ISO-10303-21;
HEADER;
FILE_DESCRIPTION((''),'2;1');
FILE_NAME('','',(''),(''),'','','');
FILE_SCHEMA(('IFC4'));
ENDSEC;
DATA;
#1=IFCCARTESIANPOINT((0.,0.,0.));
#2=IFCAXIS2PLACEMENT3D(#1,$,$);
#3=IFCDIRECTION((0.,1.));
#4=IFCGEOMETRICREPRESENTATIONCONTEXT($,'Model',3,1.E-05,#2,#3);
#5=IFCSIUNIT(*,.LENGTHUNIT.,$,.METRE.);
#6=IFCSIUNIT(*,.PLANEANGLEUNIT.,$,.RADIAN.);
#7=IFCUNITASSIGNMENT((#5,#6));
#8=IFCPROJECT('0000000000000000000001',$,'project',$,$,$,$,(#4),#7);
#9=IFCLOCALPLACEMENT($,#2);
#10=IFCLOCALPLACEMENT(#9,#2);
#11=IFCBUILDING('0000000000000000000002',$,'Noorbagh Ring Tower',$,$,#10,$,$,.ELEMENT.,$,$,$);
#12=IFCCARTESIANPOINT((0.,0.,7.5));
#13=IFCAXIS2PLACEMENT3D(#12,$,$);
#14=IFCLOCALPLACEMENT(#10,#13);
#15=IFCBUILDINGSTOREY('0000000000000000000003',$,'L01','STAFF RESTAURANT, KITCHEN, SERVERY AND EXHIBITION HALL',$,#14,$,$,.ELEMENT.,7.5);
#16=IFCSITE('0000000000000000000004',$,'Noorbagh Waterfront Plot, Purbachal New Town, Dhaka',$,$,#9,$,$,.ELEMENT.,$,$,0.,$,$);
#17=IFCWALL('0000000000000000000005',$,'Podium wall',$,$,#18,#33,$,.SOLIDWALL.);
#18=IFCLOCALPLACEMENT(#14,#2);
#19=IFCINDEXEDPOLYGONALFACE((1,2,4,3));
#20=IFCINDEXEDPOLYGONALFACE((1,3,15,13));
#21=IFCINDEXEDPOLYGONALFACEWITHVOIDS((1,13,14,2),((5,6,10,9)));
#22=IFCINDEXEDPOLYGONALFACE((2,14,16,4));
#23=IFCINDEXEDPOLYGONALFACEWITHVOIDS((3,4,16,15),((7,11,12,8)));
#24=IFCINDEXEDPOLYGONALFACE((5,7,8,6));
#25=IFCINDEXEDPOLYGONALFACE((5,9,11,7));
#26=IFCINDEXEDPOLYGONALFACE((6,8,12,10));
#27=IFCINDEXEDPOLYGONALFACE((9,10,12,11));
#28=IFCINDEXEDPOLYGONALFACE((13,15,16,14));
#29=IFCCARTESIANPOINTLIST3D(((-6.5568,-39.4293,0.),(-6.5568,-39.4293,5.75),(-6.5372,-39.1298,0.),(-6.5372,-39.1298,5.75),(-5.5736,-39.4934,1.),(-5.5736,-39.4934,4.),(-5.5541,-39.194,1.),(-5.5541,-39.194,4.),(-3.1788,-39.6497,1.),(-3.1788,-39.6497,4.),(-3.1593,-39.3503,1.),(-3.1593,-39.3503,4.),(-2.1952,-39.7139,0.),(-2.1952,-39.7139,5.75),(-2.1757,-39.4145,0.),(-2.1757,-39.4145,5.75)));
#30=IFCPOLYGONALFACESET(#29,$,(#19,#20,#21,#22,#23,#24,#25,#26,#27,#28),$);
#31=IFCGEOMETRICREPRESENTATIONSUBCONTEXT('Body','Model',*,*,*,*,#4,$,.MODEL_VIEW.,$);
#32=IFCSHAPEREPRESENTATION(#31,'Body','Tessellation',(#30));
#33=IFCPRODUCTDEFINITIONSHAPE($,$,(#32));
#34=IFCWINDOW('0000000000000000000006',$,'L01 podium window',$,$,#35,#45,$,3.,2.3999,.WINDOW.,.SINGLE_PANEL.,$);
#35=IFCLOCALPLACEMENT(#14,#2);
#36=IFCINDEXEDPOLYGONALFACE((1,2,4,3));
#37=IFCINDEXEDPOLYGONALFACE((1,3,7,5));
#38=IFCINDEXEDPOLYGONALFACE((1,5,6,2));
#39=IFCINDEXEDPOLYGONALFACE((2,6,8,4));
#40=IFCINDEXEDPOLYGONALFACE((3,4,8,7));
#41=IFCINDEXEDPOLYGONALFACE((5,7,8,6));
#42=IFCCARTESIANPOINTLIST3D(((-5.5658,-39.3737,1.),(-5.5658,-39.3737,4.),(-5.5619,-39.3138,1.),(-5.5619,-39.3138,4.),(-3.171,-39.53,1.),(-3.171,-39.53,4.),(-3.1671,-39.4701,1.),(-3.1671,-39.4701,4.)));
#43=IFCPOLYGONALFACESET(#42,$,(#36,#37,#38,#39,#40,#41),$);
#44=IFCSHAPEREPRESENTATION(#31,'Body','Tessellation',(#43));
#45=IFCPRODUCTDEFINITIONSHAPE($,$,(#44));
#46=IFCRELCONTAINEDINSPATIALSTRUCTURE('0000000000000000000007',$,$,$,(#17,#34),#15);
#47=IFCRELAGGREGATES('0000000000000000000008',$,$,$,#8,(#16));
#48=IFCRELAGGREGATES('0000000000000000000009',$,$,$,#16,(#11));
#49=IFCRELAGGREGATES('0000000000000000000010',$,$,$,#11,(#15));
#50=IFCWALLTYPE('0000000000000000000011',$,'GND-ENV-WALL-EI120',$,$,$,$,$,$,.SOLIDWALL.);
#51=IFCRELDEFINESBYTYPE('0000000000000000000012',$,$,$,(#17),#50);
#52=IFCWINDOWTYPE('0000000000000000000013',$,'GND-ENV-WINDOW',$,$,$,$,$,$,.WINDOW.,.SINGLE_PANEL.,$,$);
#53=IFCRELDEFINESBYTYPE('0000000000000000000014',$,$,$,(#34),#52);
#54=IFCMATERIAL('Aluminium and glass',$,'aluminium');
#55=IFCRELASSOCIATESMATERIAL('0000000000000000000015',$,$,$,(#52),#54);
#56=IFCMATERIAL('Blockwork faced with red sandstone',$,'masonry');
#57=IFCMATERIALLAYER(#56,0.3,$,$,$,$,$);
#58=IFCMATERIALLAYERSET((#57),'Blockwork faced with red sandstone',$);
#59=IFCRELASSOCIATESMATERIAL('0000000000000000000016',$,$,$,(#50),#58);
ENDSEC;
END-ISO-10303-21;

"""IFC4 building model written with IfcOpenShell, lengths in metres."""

from ifc_helpers import new_model, si_unit, direction, frame, frame_2d, origin, place, context, subcontext, project, spatial, rectangle, extrude, material, layer, layer_set, type_object, element, fill, save


model = new_model("IFC4")

# Units and contexts
model_context = context("Model", 3, precision=1e-05, world=origin(), true_north=direction((0.0, 1.0)))
body_context = subcontext(model_context, "Body", "Model", "MODEL_VIEW")
ifc_project = project(units=[si_unit("LENGTHUNIT", "METRE"), si_unit("PLANEANGLEUNIT", "RADIAN")], contexts=[model_context])

# Site, building, storey
site_placement = place(None, origin())
site = spatial("IfcSite", under=ifc_project, at=site_placement, Name="Noorbagh Waterfront Plot, Purbachal New Town, Dhaka", CompositionType="ELEMENT", RefElevation=0.0)
building_placement = place(site_placement, origin())
building = spatial("IfcBuilding", under=site, at=building_placement, Name="Noorbagh Ring Tower", CompositionType="ELEMENT")
storey_placement = place(building_placement, frame((0.0, 0.0, 7.5)))
storey = spatial("IfcBuildingStorey", under=building, at=storey_placement, Name="L01", Description="STAFF RESTAURANT, KITCHEN, SERVERY AND EXHIBITION HALL", CompositionType="ELEMENT", Elevation=7.5)

# Wall, opening, window
ifc_material_1 = material(Name="Aluminium and glass", Category="aluminium")
window_type = type_object("IfcWindowType", Name="GND-ENV-WINDOW", PartitioningType="SINGLE_PANEL", PredefinedType="WINDOW", material=ifc_material_1)
ifc_material_2 = material(Name="Blockwork faced with red sandstone", Category="masonry")
ifc_layer_1 = layer(ifc_material_2, 0.3)
ifc_layer_set_1 = layer_set([ifc_layer_1], Name="Blockwork faced with red sandstone")
wall_type_1 = type_object("IfcWallType", Name="GND-ENV-WALL-EI120", PredefinedType="SOLIDWALL", material=ifc_layer_set_1)
wall_1_placement = place(storey_placement, frame((-6.5471, -39.2795, 0.0), z_axis=(0.0, 0.0, 1.0), x_axis=(0.997877, -0.065129, 0.0)))
wall_1 = element("IfcWall", 1, at=wall_1_placement, inside=storey, type_object=wall_type_1, Name="Podium wall", PredefinedType="SOLIDWALL", context=body_context, shape_type="SweptSolid", body=[
    extrude(rectangle(XDim=4.3708, YDim=0.3, at=frame_2d((2.1855, 0.0))), origin(), (0.0, 0.0, 1.0), 5.75),
])
opening_1_placement = place(wall_1_placement, frame((0.9854, 0.0, 1.0)))
opening_1 = element("IfcOpeningElement", 2, at=opening_1_placement, cuts=wall_1, PredefinedType="OPENING", context=body_context, shape_type="SweptSolid", body=[
    extrude(rectangle(XDim=2.3999, YDim=3.0, at=frame_2d((1.2, 1.5))), frame((0.0, 0.1602, 0.0), z_axis=(0.0, -1.0, 0.0), x_axis=(1.0, 0.0, 0.0)), (0.0, 0.0, 1.0), 0.3201),
])
window_1_placement = place(opening_1_placement, origin())
window_1 = element("IfcWindow", 3, at=window_1_placement, inside=storey, type_object=window_type, Name="L01 podium window", OverallHeight=3.0, OverallWidth=2.3999, PartitioningType="SINGLE_PANEL", PredefinedType="WINDOW", context=body_context, shape_type="SweptSolid", body=[
    extrude(rectangle(XDim=2.3999, YDim=3.0, at=frame_2d((1.2, 1.5))), frame((0.0, 0.03, 0.0), z_axis=(0.0, -1.0, 0.0), x_axis=(1.0, 0.0, 0.0)), (0.0, 0.0, 1.0), 0.0601),
])
fill(opening_1, window_1)

save(model, "model.ifc")
